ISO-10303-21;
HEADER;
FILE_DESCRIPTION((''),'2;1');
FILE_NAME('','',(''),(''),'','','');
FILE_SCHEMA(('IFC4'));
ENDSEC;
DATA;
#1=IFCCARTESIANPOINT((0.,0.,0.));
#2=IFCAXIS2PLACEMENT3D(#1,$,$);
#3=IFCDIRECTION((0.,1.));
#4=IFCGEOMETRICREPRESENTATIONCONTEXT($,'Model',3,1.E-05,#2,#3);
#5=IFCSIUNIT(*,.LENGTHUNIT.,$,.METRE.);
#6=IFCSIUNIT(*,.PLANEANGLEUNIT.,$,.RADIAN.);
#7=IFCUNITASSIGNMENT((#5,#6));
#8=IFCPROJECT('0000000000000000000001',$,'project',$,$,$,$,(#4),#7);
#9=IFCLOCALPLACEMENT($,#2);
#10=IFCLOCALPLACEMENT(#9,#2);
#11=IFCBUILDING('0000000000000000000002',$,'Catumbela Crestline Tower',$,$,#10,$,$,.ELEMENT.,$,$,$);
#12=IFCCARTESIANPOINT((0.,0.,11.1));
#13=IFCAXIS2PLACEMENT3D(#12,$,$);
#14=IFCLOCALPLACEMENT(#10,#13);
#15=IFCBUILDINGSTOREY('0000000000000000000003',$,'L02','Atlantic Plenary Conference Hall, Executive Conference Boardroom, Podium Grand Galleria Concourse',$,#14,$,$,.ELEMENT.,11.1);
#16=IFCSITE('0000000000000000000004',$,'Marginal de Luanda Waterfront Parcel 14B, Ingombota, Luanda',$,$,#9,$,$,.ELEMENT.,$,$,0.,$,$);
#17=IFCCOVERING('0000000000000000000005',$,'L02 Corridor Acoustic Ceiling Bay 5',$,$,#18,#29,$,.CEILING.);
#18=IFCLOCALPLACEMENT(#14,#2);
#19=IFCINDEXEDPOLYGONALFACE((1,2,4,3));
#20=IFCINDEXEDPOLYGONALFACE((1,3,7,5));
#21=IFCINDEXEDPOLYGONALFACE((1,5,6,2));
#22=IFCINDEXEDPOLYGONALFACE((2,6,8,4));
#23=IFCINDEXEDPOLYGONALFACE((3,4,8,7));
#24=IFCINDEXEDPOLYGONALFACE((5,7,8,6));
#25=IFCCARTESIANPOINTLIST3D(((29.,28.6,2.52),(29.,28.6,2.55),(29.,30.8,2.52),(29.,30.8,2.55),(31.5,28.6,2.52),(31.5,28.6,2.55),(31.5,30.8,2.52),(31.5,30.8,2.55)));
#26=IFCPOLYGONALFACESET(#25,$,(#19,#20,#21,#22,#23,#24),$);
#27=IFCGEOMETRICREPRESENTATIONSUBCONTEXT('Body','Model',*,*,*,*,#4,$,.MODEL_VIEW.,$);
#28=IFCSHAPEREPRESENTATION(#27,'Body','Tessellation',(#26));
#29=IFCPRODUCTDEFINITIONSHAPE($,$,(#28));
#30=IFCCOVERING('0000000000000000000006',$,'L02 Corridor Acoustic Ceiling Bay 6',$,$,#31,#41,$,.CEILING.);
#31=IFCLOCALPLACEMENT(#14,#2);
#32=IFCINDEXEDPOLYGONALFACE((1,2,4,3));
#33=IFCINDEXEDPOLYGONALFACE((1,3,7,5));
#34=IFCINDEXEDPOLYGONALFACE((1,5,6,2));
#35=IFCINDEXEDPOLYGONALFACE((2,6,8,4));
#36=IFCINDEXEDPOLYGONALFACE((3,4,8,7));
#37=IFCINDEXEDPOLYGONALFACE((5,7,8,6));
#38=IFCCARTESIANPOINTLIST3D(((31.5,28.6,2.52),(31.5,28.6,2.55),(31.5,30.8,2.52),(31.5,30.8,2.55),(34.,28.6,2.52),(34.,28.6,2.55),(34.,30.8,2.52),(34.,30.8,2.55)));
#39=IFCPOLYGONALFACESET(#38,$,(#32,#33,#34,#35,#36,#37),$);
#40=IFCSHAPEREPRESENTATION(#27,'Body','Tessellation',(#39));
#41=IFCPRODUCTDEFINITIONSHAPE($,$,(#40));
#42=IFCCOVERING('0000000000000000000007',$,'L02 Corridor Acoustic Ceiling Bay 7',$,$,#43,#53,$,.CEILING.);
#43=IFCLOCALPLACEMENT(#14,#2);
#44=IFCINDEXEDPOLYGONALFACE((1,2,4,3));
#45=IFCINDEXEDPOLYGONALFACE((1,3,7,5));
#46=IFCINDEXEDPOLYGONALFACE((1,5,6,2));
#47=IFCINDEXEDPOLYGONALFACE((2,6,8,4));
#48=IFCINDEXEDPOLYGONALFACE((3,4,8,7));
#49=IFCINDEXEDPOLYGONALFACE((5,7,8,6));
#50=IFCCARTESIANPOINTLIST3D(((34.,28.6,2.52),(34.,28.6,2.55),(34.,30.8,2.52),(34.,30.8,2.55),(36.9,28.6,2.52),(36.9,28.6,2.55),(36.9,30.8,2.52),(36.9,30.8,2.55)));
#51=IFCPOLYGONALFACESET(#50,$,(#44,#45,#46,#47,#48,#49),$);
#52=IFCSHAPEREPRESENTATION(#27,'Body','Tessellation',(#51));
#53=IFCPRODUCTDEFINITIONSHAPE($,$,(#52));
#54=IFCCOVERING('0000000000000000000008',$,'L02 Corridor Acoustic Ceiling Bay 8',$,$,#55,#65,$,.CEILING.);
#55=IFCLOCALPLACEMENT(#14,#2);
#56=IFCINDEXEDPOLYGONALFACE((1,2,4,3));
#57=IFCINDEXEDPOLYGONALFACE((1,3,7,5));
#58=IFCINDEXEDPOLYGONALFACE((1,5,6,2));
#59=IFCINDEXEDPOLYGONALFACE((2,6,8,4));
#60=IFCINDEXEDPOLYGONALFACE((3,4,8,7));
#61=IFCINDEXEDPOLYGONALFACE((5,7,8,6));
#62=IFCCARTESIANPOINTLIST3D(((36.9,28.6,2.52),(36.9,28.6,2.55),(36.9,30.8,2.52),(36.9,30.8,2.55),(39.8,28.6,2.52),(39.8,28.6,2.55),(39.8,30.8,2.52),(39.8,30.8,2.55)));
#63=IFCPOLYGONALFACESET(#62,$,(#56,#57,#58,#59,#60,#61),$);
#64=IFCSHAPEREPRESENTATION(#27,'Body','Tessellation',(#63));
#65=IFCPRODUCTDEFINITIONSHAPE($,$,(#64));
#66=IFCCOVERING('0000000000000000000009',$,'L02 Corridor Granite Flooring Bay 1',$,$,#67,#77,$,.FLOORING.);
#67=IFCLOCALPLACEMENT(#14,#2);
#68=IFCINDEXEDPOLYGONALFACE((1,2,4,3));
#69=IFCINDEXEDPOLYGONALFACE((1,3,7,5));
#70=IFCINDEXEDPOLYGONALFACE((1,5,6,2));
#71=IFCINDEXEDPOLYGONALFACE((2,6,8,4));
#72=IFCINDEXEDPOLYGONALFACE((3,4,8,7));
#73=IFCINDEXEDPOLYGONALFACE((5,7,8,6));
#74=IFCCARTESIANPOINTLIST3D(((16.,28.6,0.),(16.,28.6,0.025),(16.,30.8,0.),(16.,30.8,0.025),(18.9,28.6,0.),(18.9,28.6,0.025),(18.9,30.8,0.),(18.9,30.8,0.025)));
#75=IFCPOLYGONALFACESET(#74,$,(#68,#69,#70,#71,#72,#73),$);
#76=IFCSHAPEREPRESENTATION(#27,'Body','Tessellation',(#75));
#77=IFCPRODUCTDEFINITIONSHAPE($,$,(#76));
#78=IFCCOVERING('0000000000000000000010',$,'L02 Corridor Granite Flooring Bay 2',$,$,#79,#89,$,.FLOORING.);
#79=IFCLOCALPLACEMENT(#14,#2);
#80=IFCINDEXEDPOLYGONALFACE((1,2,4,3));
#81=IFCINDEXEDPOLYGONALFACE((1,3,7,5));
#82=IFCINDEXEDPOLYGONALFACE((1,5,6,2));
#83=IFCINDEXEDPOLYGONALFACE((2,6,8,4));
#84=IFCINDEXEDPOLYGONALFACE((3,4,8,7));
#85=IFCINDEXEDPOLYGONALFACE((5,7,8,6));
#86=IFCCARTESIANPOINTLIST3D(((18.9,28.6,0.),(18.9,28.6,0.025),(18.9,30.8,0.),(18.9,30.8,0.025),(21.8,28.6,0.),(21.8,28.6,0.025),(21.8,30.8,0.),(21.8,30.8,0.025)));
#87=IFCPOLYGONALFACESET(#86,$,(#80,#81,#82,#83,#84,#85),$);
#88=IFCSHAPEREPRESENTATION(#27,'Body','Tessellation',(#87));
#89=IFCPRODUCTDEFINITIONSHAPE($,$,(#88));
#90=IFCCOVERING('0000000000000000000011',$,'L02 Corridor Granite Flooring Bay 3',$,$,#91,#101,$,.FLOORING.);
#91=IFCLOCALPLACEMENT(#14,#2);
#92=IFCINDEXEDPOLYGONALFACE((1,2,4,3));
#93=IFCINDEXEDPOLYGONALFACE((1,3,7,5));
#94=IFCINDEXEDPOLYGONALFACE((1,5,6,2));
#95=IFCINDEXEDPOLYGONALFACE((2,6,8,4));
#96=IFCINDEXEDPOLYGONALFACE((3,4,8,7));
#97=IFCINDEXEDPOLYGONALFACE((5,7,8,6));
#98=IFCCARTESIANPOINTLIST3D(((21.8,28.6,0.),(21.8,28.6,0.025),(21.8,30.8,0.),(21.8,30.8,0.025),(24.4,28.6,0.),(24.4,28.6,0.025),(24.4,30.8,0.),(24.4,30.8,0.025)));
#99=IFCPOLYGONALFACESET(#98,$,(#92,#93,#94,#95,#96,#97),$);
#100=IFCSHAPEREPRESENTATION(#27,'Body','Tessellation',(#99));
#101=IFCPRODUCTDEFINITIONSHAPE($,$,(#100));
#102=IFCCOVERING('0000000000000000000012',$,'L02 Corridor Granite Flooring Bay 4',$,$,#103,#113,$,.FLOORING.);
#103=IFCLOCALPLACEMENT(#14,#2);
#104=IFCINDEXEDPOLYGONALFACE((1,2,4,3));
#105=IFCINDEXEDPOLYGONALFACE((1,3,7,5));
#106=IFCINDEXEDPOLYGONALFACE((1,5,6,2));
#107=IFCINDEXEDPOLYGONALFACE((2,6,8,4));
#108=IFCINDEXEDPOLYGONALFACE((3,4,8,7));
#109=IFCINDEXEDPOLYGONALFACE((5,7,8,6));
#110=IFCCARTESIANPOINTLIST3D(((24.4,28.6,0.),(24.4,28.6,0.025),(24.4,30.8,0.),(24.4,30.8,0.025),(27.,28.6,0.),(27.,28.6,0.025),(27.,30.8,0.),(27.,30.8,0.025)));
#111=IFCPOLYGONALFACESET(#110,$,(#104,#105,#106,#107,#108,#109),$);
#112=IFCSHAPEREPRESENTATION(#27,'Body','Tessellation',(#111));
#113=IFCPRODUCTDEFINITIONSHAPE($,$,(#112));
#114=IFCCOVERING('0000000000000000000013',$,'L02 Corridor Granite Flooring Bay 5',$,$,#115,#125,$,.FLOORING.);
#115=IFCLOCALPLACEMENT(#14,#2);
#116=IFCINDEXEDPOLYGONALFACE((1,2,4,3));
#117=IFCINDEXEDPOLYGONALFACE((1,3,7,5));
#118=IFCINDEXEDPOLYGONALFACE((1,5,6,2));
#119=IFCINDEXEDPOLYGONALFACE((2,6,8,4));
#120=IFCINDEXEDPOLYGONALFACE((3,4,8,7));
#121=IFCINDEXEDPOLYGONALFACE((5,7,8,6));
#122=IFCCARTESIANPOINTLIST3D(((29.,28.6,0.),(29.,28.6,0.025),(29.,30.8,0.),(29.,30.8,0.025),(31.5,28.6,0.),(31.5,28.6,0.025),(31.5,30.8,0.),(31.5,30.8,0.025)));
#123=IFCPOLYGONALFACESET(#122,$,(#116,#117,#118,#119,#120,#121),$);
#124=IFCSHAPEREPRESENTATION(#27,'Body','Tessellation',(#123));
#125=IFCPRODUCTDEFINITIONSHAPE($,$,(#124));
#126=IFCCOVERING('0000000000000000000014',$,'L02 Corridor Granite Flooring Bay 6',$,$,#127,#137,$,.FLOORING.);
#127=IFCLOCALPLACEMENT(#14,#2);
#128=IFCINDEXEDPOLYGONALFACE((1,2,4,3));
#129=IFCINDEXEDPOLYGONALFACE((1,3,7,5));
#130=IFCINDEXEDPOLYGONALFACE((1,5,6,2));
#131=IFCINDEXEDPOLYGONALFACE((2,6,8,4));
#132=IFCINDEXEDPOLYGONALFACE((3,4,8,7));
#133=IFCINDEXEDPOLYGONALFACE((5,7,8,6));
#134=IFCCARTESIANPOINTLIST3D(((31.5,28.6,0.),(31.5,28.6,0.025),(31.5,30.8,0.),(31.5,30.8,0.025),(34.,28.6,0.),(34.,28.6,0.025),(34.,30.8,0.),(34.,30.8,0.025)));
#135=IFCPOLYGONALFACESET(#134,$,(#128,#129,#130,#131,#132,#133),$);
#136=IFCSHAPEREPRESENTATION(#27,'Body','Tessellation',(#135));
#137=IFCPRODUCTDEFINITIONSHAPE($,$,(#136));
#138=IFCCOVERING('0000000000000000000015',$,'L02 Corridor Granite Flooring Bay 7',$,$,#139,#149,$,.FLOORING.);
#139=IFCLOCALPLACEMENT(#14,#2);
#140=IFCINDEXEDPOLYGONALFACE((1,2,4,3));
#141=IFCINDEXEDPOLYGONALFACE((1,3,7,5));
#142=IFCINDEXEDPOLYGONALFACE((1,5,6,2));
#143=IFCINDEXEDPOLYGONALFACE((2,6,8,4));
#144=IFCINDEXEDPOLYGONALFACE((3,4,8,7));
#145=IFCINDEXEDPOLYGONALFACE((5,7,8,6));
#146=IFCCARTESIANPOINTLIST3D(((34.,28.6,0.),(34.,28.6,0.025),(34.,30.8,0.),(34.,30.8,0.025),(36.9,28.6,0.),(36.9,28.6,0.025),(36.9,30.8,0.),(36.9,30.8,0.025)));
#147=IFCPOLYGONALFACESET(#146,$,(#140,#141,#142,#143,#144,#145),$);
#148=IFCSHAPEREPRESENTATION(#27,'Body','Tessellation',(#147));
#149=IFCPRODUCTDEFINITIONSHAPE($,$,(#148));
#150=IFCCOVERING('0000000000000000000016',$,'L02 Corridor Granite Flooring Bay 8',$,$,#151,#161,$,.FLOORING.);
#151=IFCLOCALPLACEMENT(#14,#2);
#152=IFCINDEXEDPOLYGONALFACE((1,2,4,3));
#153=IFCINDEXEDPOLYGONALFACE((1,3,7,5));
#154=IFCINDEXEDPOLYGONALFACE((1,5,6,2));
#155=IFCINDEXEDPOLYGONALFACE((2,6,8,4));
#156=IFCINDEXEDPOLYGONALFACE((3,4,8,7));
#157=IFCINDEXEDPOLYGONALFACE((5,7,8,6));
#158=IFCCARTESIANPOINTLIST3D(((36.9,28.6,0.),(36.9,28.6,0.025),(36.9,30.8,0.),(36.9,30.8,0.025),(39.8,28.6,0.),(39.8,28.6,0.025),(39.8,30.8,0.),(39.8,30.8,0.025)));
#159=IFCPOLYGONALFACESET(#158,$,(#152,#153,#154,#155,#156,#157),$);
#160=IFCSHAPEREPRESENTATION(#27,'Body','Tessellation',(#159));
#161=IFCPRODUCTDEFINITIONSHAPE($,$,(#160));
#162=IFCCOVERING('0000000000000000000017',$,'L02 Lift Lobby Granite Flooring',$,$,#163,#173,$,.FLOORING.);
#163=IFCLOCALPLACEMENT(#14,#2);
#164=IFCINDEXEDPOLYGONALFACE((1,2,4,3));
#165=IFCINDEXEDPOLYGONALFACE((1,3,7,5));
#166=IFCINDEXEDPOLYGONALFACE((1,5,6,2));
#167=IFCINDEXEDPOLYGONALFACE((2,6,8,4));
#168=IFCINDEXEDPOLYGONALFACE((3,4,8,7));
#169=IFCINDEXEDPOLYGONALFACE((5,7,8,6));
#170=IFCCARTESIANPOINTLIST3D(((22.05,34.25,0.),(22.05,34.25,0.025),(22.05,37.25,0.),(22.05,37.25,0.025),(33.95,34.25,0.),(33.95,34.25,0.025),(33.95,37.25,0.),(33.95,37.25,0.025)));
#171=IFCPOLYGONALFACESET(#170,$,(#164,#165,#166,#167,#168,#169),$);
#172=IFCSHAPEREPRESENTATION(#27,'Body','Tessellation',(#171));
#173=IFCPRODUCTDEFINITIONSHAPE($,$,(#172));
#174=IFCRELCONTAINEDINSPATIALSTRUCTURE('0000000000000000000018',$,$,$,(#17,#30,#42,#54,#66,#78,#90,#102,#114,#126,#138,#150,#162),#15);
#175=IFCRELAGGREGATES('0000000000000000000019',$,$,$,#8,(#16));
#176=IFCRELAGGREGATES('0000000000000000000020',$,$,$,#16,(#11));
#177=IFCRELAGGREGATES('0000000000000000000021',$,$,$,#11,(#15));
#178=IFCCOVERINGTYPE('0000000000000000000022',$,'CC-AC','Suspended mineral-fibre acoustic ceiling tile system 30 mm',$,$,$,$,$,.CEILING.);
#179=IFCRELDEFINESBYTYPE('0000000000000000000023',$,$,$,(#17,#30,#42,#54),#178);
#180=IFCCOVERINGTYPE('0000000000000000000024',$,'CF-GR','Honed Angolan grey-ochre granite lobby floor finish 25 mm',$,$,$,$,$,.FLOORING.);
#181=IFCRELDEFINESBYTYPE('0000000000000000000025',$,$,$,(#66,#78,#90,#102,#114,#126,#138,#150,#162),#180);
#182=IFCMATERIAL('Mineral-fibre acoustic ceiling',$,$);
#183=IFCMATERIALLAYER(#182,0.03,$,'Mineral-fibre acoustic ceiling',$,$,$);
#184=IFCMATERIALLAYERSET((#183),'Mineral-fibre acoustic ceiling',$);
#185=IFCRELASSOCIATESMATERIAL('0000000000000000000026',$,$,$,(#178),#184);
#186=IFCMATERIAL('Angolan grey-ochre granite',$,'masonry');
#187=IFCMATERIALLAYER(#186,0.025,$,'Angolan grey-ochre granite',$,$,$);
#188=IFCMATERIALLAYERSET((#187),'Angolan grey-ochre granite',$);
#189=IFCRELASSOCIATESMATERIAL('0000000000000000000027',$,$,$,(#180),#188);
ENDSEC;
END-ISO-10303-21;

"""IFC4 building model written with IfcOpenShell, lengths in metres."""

from ifc_helpers import new_model, si_unit, direction, frame, origin, place, context, subcontext, project, spatial, polyline, outline, extrude, material, layer, layer_set, type_object, element, save


model = new_model("IFC4")

# Units and contexts
model_context = context("Model", 3, precision=1e-05, world=origin(), true_north=direction((0.0, 1.0)))
body_context = subcontext(model_context, "Body", "Model", "MODEL_VIEW")
ifc_project = project(units=[si_unit("LENGTHUNIT", "METRE"), si_unit("PLANEANGLEUNIT", "RADIAN")], contexts=[model_context])

# Site, building, storey
site_placement = place(None, origin())
site = spatial("IfcSite", under=ifc_project, at=site_placement, Name="Marginal de Luanda Waterfront Parcel 14B, Ingombota, Luanda", CompositionType="ELEMENT", RefElevation=0.0)
building_placement = place(site_placement, origin())
building = spatial("IfcBuilding", under=site, at=building_placement, Name="Catumbela Crestline Tower", CompositionType="ELEMENT")
storey_placement = place(building_placement, frame((0.0, 0.0, 11.1)))
storey = spatial("IfcBuildingStorey", under=building, at=storey_placement, Name="L02", Description="Atlantic Plenary Conference Hall, Executive Conference Boardroom, Podium Grand Galleria Concourse", CompositionType="ELEMENT", Elevation=11.1)

# Coverings
ifc_material_1 = material(Name="Mineral-fibre acoustic ceiling")
ifc_layer_1 = layer(ifc_material_1, 0.03, Name="Mineral-fibre acoustic ceiling")
ifc_layer_set_1 = layer_set([ifc_layer_1], Name="Mineral-fibre acoustic ceiling")
covering_type_1 = type_object("IfcCoveringType", Name="CC-AC", Description="Suspended mineral-fibre acoustic ceiling tile system 30 mm", PredefinedType="CEILING", material=ifc_layer_set_1)
covering_1_placement = place(storey_placement, frame((0.0, 0.0, 2.52)))
element("IfcCovering", 1, at=covering_1_placement, inside=storey, type_object=covering_type_1, Name="L02 Corridor Acoustic Ceiling Bay 5", PredefinedType="CEILING", context=body_context, shape_type="SweptSolid", body=[
    extrude(outline(polyline([(29.0, 28.6), (31.5, 28.6), (31.5, 30.8), (29.0, 30.8), (29.0, 28.6)])), origin(), (0.0, 0.0, 1.0), 0.03),
])
covering_2_placement = place(storey_placement, frame((0.0, 0.0, 2.52)))
element("IfcCovering", 2, at=covering_2_placement, inside=storey, type_object=covering_type_1, Name="L02 Corridor Acoustic Ceiling Bay 6", PredefinedType="CEILING", context=body_context, shape_type="SweptSolid", body=[
    extrude(outline(polyline([(31.5, 28.6), (34.0, 28.6), (34.0, 30.8), (31.5, 30.8), (31.5, 28.6)])), origin(), (0.0, 0.0, 1.0), 0.03),
])
covering_3_placement = place(storey_placement, frame((0.0, 0.0, 2.52)))
element("IfcCovering", 3, at=covering_3_placement, inside=storey, type_object=covering_type_1, Name="L02 Corridor Acoustic Ceiling Bay 7", PredefinedType="CEILING", context=body_context, shape_type="SweptSolid", body=[
    extrude(outline(polyline([(34.0, 28.6), (36.9, 28.6), (36.9, 30.8), (34.0, 30.8), (34.0, 28.6)])), origin(), (0.0, 0.0, 1.0), 0.03),
])
covering_4_placement = place(storey_placement, frame((0.0, 0.0, 2.52)))
element("IfcCovering", 4, at=covering_4_placement, inside=storey, type_object=covering_type_1, Name="L02 Corridor Acoustic Ceiling Bay 8", PredefinedType="CEILING", context=body_context, shape_type="SweptSolid", body=[
    extrude(outline(polyline([(36.9, 28.6), (39.8, 28.6), (39.8, 30.8), (36.9, 30.8), (36.9, 28.6)])), origin(), (0.0, 0.0, 1.0), 0.03),
])
ifc_material_2 = material(Name="Angolan grey-ochre granite", Category="masonry")
ifc_layer_2 = layer(ifc_material_2, 0.025, Name="Angolan grey-ochre granite")
ifc_layer_set_2 = layer_set([ifc_layer_2], Name="Angolan grey-ochre granite")
covering_type_2 = type_object("IfcCoveringType", Name="CF-GR", Description="Honed Angolan grey-ochre granite lobby floor finish 25 mm", PredefinedType="FLOORING", material=ifc_layer_set_2)
covering_5_placement = place(storey_placement, origin())
element("IfcCovering", 5, at=covering_5_placement, inside=storey, type_object=covering_type_2, Name="L02 Corridor Granite Flooring Bay 1", PredefinedType="FLOORING", context=body_context, shape_type="SweptSolid", body=[
    extrude(outline(polyline([(16.0, 28.6), (18.9, 28.6), (18.9, 30.8), (16.0, 30.8), (16.0, 28.6)])), origin(), (0.0, 0.0, 1.0), 0.025),
])
covering_6_placement = place(storey_placement, origin())
element("IfcCovering", 6, at=covering_6_placement, inside=storey, type_object=covering_type_2, Name="L02 Corridor Granite Flooring Bay 2", PredefinedType="FLOORING", context=body_context, shape_type="SweptSolid", body=[
    extrude(outline(polyline([(18.9, 28.6), (21.8, 28.6), (21.8, 30.8), (18.9, 30.8), (18.9, 28.6)])), origin(), (0.0, 0.0, 1.0), 0.025),
])
covering_7_placement = place(storey_placement, origin())
element("IfcCovering", 7, at=covering_7_placement, inside=storey, type_object=covering_type_2, Name="L02 Corridor Granite Flooring Bay 3", PredefinedType="FLOORING", context=body_context, shape_type="SweptSolid", body=[
    extrude(outline(polyline([(21.8, 28.6), (24.4, 28.6), (24.4, 30.8), (21.8, 30.8), (21.8, 28.6)])), origin(), (0.0, 0.0, 1.0), 0.025),
])
covering_8_placement = place(storey_placement, origin())
element("IfcCovering", 8, at=covering_8_placement, inside=storey, type_object=covering_type_2, Name="L02 Corridor Granite Flooring Bay 4", PredefinedType="FLOORING", context=body_context, shape_type="SweptSolid", body=[
    extrude(outline(polyline([(24.4, 28.6), (27.0, 28.6), (27.0, 30.8), (24.4, 30.8), (24.4, 28.6)])), origin(), (0.0, 0.0, 1.0), 0.025),
])
covering_9_placement = place(storey_placement, origin())
element("IfcCovering", 9, at=covering_9_placement, inside=storey, type_object=covering_type_2, Name="L02 Corridor Granite Flooring Bay 5", PredefinedType="FLOORING", context=body_context, shape_type="SweptSolid", body=[
    extrude(outline(polyline([(29.0, 28.6), (31.5, 28.6), (31.5, 30.8), (29.0, 30.8), (29.0, 28.6)])), origin(), (0.0, 0.0, 1.0), 0.025),
])
covering_10_placement = place(storey_placement, origin())
element("IfcCovering", 10, at=covering_10_placement, inside=storey, type_object=covering_type_2, Name="L02 Corridor Granite Flooring Bay 6", PredefinedType="FLOORING", context=body_context, shape_type="SweptSolid", body=[
    extrude(outline(polyline([(31.5, 28.6), (34.0, 28.6), (34.0, 30.8), (31.5, 30.8), (31.5, 28.6)])), origin(), (0.0, 0.0, 1.0), 0.025),
])
covering_11_placement = place(storey_placement, origin())
element("IfcCovering", 11, at=covering_11_placement, inside=storey, type_object=covering_type_2, Name="L02 Corridor Granite Flooring Bay 7", PredefinedType="FLOORING", context=body_context, shape_type="SweptSolid", body=[
    extrude(outline(polyline([(34.0, 28.6), (36.9, 28.6), (36.9, 30.8), (34.0, 30.8), (34.0, 28.6)])), origin(), (0.0, 0.0, 1.0), 0.025),
])
covering_12_placement = place(storey_placement, origin())
element("IfcCovering", 12, at=covering_12_placement, inside=storey, type_object=covering_type_2, Name="L02 Corridor Granite Flooring Bay 8", PredefinedType="FLOORING", context=body_context, shape_type="SweptSolid", body=[
    extrude(outline(polyline([(36.9, 28.6), (39.8, 28.6), (39.8, 30.8), (36.9, 30.8), (36.9, 28.6)])), origin(), (0.0, 0.0, 1.0), 0.025),
])
covering_13_placement = place(storey_placement, origin())
element("IfcCovering", 13, at=covering_13_placement, inside=storey, type_object=covering_type_2, Name="L02 Lift Lobby Granite Flooring", PredefinedType="FLOORING", context=body_context, shape_type="SweptSolid", body=[
    extrude(outline(polyline([(22.05, 34.25), (33.95, 34.25), (33.95, 37.25), (22.05, 37.25), (22.05, 34.25)])), origin(), (0.0, 0.0, 1.0), 0.025),
])

save(model, "model.ifc")
